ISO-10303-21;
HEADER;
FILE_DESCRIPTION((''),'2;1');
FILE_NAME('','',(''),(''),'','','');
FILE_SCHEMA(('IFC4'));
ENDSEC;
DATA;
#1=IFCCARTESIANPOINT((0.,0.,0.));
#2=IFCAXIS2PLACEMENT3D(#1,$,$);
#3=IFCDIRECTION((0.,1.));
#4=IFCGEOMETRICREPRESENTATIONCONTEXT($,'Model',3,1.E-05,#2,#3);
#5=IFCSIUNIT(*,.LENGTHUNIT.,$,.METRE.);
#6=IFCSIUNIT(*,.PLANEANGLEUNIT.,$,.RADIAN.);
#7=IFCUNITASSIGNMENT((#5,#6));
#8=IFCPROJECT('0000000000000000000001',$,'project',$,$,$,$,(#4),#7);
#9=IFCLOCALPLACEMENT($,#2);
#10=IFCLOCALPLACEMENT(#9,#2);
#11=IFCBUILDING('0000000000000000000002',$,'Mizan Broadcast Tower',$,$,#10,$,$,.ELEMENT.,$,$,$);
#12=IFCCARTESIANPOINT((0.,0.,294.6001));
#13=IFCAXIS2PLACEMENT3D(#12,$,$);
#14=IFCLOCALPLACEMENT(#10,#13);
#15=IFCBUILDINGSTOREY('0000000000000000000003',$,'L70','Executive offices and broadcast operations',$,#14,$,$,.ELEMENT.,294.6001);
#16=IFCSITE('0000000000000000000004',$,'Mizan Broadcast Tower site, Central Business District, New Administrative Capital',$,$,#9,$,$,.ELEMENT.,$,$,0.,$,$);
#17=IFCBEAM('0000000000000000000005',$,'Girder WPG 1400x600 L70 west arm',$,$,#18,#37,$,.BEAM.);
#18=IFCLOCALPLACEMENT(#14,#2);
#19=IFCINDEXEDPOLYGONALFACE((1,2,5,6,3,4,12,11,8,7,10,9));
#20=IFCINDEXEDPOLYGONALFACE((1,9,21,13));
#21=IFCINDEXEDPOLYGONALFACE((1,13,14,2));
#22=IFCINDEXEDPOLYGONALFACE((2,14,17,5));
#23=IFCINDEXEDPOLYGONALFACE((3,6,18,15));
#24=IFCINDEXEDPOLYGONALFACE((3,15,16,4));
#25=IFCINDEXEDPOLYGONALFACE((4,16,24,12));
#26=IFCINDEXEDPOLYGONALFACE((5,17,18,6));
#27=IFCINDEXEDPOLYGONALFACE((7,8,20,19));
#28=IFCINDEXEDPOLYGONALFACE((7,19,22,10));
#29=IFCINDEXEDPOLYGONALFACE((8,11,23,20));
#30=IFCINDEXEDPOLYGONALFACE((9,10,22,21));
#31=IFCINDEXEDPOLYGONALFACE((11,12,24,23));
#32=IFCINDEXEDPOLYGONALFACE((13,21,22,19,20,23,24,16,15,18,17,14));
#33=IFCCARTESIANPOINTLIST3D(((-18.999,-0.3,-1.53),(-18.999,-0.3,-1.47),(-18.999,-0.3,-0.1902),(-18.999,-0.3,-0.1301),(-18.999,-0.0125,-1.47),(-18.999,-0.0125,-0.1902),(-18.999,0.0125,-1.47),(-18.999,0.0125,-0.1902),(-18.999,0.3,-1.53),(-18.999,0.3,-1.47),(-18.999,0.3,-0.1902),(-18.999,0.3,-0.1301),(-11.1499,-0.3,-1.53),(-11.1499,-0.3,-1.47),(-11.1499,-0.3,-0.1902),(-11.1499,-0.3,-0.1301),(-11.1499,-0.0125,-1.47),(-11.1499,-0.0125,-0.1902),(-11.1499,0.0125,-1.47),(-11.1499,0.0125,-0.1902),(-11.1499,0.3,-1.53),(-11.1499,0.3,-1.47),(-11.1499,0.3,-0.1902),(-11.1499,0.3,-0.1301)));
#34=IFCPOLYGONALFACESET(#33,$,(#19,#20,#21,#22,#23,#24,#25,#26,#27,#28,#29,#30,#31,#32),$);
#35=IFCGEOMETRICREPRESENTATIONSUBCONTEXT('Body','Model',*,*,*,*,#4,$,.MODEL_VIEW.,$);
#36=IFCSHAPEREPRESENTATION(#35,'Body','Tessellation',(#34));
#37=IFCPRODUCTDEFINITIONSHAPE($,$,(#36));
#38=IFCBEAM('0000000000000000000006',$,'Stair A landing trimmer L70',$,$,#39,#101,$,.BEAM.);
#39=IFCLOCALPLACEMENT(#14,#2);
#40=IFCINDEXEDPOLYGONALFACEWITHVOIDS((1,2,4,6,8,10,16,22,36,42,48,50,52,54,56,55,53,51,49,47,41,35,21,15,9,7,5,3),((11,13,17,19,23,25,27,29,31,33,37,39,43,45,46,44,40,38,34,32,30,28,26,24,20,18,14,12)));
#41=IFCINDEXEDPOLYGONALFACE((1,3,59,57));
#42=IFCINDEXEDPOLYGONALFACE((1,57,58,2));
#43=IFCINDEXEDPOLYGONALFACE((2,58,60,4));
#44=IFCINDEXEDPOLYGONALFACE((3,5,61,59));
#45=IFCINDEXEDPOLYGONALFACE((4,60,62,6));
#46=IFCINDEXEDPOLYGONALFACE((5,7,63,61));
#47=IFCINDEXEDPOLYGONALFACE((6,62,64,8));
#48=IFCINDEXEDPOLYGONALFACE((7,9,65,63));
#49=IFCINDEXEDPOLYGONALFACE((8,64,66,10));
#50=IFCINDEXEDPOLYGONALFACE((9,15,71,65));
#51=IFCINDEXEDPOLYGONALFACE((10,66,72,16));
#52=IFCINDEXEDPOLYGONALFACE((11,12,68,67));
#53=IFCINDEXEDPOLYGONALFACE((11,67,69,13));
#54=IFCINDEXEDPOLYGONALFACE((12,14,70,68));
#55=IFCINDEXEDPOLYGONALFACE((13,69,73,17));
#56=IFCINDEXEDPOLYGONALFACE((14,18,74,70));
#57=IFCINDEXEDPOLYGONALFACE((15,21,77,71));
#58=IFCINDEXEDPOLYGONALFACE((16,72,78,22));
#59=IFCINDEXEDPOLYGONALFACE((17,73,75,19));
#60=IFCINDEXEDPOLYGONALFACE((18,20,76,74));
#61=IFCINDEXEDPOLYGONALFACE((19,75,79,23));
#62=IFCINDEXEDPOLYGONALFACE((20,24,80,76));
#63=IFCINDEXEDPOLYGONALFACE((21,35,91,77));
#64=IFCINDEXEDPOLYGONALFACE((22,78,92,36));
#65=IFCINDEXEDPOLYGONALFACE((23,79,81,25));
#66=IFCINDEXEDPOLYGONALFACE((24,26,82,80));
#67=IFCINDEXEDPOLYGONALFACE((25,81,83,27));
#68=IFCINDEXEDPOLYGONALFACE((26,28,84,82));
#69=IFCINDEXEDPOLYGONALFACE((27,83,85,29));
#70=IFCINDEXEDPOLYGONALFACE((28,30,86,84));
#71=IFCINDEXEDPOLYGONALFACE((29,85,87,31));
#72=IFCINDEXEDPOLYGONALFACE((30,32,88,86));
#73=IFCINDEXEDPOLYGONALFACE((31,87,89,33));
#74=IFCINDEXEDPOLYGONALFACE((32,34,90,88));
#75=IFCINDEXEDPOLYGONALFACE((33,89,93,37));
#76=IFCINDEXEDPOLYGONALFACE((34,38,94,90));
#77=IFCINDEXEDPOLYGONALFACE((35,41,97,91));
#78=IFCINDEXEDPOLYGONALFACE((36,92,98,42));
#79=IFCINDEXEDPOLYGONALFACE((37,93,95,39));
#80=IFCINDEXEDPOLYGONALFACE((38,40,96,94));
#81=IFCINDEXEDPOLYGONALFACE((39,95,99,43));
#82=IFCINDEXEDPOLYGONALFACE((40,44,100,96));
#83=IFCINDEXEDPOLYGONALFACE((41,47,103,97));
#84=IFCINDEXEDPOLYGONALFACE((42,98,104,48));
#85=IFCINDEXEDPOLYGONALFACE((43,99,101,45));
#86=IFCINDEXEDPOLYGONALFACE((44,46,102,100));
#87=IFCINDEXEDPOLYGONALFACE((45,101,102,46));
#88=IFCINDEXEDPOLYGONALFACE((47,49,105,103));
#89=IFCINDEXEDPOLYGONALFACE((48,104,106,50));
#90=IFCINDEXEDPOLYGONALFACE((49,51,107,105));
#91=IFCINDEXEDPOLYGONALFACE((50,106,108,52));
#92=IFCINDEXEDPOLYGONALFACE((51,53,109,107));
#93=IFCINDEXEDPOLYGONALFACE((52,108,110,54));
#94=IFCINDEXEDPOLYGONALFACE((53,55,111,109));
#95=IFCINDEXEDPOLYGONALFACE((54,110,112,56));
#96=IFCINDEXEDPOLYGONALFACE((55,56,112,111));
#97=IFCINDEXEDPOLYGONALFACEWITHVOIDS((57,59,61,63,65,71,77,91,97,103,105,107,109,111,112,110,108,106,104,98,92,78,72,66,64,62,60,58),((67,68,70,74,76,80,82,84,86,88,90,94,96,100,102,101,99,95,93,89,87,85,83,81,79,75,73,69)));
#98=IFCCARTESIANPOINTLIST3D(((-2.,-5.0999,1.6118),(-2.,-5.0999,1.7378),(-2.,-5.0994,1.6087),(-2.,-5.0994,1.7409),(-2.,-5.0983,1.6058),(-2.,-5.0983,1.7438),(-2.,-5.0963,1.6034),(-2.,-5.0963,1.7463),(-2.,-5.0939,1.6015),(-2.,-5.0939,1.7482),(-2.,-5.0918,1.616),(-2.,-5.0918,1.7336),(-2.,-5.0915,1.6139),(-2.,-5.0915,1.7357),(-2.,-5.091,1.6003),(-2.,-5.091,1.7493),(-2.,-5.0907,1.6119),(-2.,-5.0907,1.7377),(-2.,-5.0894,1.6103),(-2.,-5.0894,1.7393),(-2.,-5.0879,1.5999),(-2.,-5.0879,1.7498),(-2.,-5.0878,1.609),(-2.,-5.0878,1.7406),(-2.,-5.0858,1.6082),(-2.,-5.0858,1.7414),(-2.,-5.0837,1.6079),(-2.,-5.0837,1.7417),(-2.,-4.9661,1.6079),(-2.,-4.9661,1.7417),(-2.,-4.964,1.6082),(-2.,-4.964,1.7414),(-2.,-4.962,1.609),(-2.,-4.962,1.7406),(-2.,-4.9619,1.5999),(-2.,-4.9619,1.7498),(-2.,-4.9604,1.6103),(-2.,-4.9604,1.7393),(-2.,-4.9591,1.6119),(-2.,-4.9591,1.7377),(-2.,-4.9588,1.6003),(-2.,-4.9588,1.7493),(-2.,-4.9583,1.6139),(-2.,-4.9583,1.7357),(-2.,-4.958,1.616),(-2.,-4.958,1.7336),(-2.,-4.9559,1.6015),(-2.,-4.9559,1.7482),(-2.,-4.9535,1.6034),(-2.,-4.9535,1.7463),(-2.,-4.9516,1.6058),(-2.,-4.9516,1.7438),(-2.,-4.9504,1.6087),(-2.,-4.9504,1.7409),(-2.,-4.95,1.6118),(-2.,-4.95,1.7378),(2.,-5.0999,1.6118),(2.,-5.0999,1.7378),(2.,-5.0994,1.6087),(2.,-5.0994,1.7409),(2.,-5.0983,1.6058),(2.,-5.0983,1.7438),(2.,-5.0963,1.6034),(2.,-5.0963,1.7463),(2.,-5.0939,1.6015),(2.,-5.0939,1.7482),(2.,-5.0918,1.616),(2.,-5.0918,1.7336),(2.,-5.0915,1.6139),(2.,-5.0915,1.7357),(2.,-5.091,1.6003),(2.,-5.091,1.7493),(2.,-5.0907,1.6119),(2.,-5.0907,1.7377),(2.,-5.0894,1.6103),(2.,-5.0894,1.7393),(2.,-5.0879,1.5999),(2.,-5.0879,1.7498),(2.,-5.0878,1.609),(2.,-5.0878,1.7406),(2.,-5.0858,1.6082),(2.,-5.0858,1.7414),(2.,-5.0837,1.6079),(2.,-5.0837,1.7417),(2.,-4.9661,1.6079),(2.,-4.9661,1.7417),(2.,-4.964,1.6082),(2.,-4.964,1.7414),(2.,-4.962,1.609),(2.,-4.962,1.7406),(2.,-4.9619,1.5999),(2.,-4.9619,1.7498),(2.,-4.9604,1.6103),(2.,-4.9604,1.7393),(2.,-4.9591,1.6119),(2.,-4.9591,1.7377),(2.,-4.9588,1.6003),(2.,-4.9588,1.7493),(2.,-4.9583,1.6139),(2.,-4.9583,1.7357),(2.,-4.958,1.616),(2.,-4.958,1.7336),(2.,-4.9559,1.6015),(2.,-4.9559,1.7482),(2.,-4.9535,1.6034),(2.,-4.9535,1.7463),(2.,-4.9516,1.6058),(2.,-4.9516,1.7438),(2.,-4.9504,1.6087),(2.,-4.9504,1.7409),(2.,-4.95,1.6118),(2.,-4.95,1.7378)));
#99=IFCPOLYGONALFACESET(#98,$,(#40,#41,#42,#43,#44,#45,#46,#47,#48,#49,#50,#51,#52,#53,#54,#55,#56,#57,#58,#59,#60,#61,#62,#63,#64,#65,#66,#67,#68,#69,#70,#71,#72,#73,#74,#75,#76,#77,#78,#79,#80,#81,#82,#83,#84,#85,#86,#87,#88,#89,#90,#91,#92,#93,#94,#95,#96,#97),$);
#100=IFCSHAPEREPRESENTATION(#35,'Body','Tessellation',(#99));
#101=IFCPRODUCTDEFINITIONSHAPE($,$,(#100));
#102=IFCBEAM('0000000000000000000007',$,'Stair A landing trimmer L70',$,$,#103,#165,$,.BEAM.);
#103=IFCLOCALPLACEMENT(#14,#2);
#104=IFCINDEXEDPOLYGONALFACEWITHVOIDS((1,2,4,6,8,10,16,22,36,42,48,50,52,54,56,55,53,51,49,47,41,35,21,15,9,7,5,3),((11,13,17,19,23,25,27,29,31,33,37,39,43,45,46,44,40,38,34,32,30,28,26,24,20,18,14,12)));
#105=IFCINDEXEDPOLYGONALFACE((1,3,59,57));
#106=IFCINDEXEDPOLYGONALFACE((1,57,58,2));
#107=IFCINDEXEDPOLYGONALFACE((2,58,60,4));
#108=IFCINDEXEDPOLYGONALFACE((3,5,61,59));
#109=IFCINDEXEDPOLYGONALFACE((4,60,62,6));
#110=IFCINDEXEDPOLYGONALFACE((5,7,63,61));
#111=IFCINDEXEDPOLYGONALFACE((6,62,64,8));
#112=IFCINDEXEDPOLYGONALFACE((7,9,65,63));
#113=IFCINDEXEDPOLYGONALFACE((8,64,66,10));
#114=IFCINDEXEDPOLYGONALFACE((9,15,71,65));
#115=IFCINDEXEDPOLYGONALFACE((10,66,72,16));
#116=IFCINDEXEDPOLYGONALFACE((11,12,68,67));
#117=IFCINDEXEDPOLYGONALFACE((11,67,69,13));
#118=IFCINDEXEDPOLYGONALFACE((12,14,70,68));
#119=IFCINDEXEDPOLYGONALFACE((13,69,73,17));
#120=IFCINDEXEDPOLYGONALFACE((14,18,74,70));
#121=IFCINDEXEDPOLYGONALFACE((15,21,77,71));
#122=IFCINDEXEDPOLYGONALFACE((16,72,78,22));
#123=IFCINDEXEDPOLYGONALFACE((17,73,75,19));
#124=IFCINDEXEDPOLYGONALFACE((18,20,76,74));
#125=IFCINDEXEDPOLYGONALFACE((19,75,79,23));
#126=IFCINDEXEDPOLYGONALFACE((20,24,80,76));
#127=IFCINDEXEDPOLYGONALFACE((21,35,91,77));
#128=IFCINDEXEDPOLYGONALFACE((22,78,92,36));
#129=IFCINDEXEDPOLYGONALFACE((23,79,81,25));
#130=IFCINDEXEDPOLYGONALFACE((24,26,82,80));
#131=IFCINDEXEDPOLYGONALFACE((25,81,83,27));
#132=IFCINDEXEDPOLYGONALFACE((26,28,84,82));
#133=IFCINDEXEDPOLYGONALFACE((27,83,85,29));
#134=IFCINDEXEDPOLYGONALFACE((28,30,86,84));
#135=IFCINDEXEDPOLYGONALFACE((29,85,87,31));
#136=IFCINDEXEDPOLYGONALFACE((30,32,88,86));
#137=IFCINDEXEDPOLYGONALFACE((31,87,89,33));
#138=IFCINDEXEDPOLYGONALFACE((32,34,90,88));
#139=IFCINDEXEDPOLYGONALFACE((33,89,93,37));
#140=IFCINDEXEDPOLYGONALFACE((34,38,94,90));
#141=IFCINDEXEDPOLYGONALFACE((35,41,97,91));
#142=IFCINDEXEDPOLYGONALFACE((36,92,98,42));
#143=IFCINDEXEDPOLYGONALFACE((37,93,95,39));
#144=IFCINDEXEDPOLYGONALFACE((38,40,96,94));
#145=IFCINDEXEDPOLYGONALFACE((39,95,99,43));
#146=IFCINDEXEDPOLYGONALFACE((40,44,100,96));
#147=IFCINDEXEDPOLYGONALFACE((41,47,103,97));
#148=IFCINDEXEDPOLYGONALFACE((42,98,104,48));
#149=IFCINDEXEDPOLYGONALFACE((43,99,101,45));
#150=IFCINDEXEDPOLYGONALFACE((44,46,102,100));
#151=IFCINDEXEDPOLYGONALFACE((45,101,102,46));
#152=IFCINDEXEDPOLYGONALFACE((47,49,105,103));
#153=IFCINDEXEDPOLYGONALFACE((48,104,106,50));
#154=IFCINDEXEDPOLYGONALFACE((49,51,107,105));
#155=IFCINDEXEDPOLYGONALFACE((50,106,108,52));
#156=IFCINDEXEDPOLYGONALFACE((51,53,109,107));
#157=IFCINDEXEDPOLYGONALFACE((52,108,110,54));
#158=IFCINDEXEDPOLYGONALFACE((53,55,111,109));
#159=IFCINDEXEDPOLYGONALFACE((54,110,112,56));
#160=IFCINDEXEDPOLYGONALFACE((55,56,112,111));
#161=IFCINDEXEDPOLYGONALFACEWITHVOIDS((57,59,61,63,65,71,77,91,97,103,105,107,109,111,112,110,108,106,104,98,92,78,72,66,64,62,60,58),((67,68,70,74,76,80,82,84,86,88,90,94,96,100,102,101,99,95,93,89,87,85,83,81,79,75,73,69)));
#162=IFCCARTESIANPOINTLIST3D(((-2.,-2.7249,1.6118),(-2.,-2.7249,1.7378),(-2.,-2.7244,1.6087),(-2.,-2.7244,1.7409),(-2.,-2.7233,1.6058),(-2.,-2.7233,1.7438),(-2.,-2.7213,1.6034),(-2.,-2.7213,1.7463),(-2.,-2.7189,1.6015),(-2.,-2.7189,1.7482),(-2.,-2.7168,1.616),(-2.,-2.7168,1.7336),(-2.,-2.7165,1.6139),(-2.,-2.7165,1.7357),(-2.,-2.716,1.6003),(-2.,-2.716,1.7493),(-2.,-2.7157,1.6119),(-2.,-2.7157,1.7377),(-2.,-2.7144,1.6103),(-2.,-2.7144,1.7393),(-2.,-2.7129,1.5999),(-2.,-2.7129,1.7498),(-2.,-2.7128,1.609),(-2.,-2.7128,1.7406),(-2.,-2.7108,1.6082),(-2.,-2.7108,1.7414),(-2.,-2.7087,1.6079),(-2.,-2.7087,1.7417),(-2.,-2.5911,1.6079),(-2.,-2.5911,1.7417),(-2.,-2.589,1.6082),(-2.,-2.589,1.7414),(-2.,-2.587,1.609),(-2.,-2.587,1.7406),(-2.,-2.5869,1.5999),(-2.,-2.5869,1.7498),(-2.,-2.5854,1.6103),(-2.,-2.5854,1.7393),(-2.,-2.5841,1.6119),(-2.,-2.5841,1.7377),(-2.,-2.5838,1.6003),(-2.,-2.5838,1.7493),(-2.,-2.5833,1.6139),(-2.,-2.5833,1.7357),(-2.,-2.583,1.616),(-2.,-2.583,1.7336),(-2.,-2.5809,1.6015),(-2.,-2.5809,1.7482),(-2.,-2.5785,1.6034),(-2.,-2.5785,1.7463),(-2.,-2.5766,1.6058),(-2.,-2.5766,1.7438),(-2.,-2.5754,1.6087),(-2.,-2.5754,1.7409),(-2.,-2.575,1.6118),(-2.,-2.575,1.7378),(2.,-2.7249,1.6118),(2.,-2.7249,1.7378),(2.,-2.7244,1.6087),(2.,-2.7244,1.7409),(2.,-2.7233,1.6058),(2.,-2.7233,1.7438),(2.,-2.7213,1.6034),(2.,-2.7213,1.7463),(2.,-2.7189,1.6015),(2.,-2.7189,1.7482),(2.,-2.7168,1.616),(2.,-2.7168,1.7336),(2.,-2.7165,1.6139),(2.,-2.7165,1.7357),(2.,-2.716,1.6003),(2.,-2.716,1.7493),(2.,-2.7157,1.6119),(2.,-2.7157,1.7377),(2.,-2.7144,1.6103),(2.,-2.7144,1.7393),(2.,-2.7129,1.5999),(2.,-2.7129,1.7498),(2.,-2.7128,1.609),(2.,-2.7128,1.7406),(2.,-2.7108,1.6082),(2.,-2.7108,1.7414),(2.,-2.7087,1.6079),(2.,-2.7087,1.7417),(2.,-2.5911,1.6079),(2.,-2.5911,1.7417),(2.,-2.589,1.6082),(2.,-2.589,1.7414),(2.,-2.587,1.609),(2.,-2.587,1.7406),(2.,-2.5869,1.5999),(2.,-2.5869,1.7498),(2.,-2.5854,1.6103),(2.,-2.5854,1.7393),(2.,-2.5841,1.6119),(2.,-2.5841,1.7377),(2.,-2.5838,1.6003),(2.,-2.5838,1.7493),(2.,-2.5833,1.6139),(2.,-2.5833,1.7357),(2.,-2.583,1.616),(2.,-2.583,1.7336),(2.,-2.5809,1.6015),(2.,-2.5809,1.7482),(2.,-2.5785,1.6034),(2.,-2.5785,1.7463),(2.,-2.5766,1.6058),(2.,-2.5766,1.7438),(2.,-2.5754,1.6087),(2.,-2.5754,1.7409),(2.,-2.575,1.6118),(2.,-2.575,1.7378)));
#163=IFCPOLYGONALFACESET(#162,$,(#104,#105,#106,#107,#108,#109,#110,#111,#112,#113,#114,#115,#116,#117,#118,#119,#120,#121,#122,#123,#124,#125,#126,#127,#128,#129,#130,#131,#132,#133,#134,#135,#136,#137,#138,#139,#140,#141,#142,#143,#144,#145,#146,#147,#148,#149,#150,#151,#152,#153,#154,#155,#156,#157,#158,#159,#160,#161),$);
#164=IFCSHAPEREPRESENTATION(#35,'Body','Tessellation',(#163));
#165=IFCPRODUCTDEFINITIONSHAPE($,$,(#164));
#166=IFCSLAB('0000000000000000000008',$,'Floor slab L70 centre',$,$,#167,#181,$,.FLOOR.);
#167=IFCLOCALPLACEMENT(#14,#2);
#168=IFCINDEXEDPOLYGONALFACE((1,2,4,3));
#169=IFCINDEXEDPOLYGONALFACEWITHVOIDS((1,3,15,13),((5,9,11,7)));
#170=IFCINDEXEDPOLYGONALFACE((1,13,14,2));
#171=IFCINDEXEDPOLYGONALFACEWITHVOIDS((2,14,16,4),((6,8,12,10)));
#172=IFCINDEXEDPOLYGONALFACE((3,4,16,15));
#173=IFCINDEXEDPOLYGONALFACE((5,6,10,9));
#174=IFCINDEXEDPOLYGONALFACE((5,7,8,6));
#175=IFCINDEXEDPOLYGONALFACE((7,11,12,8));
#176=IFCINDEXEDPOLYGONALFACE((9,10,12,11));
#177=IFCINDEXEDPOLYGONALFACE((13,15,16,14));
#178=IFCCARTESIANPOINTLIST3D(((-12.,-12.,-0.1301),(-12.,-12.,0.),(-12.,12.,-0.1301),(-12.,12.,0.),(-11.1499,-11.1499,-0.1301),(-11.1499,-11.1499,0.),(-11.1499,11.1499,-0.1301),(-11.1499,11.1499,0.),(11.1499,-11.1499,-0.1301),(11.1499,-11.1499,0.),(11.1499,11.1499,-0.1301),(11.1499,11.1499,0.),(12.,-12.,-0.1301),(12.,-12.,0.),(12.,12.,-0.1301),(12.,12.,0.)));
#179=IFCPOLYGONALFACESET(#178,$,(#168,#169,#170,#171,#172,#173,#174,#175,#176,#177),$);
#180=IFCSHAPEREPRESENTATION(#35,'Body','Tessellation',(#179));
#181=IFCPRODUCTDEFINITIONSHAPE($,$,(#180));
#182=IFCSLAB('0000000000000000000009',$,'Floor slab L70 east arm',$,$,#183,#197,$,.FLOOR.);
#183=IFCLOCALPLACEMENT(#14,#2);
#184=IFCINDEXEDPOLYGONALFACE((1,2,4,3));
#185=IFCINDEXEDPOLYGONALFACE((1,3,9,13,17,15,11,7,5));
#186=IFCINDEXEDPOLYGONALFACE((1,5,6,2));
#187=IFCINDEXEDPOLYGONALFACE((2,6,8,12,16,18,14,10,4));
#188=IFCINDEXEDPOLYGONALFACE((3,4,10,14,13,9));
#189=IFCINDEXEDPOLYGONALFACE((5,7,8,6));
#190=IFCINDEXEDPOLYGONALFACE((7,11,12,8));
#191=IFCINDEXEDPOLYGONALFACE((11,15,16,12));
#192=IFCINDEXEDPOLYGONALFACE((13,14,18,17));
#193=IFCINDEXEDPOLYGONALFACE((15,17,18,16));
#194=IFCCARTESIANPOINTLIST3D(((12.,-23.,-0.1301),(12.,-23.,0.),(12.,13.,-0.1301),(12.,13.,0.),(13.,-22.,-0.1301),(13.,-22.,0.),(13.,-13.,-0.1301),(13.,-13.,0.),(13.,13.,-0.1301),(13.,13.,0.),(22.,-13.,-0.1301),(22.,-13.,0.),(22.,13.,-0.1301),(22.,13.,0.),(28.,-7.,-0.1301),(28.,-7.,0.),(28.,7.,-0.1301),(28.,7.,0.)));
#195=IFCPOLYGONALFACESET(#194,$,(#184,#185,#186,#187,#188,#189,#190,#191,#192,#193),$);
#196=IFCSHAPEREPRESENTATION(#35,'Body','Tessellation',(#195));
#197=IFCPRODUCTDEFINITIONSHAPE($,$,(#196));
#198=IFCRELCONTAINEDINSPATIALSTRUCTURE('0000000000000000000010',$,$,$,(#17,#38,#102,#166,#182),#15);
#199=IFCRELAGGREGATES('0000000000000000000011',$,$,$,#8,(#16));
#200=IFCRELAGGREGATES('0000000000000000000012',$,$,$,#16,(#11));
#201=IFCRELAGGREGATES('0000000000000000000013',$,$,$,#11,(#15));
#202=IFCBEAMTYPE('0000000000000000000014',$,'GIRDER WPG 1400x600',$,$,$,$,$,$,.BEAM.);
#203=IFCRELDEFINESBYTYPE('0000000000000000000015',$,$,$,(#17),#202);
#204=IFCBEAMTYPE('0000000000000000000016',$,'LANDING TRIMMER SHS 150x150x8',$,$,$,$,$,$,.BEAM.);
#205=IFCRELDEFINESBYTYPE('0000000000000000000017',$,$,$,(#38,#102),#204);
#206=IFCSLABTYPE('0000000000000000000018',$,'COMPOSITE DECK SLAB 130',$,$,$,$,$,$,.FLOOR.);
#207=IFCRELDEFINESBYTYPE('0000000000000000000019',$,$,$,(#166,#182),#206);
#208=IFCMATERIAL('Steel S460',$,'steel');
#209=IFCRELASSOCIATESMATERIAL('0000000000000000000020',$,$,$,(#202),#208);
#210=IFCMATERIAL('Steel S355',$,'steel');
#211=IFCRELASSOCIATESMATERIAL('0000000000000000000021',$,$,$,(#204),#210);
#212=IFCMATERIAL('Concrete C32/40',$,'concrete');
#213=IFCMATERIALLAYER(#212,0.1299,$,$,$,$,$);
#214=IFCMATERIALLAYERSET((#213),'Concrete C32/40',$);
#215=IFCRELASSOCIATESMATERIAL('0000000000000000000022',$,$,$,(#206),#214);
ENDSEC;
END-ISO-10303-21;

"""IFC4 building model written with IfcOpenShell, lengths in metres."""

from ifc_helpers import new_model, si_unit, direction, frame, origin, origin_2d, place, context, subcontext, project, spatial, polyline, hollow_rectangle, i_section, outline, extrude, material, layer, layer_set, material_profile, profile_set, type_object, element, save


model = new_model("IFC4")

# Units and contexts
model_context = context("Model", 3, precision=1e-05, world=origin(), true_north=direction((0.0, 1.0)))
body_context = subcontext(model_context, "Body", "Model", "MODEL_VIEW")
ifc_project = project(units=[si_unit("LENGTHUNIT", "METRE"), si_unit("PLANEANGLEUNIT", "RADIAN")], contexts=[model_context])

# Site, building, storey
site_placement = place(None, origin())
site = spatial("IfcSite", under=ifc_project, at=site_placement, Name="Mizan Broadcast Tower site, Central Business District, New Administrative Capital", CompositionType="ELEMENT", RefElevation=0.0)
building_placement = place(site_placement, origin())
building = spatial("IfcBuilding", under=site, at=building_placement, Name="Mizan Broadcast Tower", CompositionType="ELEMENT")
storey_placement = place(building_placement, frame((0.0, 0.0, 294.6001)))
storey = spatial("IfcBuildingStorey", under=building, at=storey_placement, Name="L70", Description="Executive offices and broadcast operations", CompositionType="ELEMENT", Elevation=294.6001)

# Beams
ifc_material_1 = material(Name="Steel S460", Category="steel")
ifc_material_profile_1 = material_profile(ifc_material_1, i_section(OverallWidth=0.6001, OverallDepth=1.3999, WebThickness=0.0249, FlangeThickness=0.0601, at=origin_2d()), Name="WPG 1400x600")
ifc_profile_set_1 = profile_set([ifc_material_profile_1], Name="Steel S460")
beam_type_1 = type_object("IfcBeamType", Name="GIRDER WPG 1400x600", PredefinedType="BEAM", material=ifc_profile_set_1)
beam_placement = place(storey_placement, frame((-11.1499, 0.0, -0.8301), z_axis=(-1.0, 0.0, 0.0), x_axis=(0.0, -1.0, 0.0)))
element("IfcBeam", 1, at=beam_placement, inside=storey, type_object=beam_type_1, Name="Girder WPG 1400x600 L70 west arm", PredefinedType="BEAM", context=body_context, shape_type="SweptSolid", body=[
    extrude(i_section(OverallWidth=0.6001, OverallDepth=1.3999, WebThickness=0.0249, FlangeThickness=0.0601, at=origin_2d()), origin(), (0.0, 0.0, 1.0), 7.8491),
])
ifc_material_2 = material(Name="Steel S355", Category="steel")
ifc_material_profile_2 = material_profile(ifc_material_2, hollow_rectangle(XDim=0.1499, YDim=0.1499, WallThickness=0.0081, InnerFilletRadius=0.0081, OuterFilletRadius=0.012, at=origin_2d()), Name="SHS 150x150x8")
ifc_profile_set_2 = profile_set([ifc_material_profile_2], Name="Steel S355")
beam_type_2 = type_object("IfcBeamType", Name="LANDING TRIMMER SHS 150x150x8", PredefinedType="BEAM", material=ifc_profile_set_2)
for number, where, z_axis, x_axis, name in (
    (2, (-2.0, -5.0249, 1.6748), (1.0, 0.0, 0.0), (0.0, 1.0, 0.0), "Stair A landing trimmer L70"),
    (3, (-2.0, -2.6499, 1.6748), (1.0, 0.0, 0.0), (0.0, 1.0, 0.0), "Stair A landing trimmer L70"),
):
    element("IfcBeam", number, at=place(storey_placement, frame(where, z_axis=z_axis, x_axis=x_axis)), inside=storey, type_object=beam_type_2, Name=name, PredefinedType="BEAM", context=body_context, shape_type="SweptSolid", body=[
        extrude(hollow_rectangle(XDim=0.1499, YDim=0.1499, WallThickness=0.0081, InnerFilletRadius=0.0081, OuterFilletRadius=0.012, at=origin_2d()), origin(), (0.0, 0.0, 1.0), 4.0),
    ])

# Slabs
ifc_material_3 = material(Name="Concrete C32/40", Category="concrete")
ifc_layer_1 = layer(ifc_material_3, 0.1299)
ifc_layer_set_1 = layer_set([ifc_layer_1], Name="Concrete C32/40")
slab_type = type_object("IfcSlabType", Name="COMPOSITE DECK SLAB 130", PredefinedType="FLOOR", material=ifc_layer_set_1)
slab_1_placement = place(storey_placement, frame((0.0, 0.0, -0.1301)))
element("IfcSlab", 4, at=slab_1_placement, inside=storey, type_object=slab_type, Name="Floor slab L70 centre", PredefinedType="FLOOR", context=body_context, shape_type="SweptSolid", body=[
    extrude(outline(polyline([(-12.0, -12.0), (12.0, -12.0), (12.0, 12.0), (-12.0, 12.0), (-12.0, -12.0)]), holes=[polyline([(-11.1499, 11.1499), (11.1499, 11.1499), (11.1499, -11.1499), (-11.1499, -11.1499), (-11.1499, 11.1499)])]), origin(), (0.0, 0.0, 1.0), 0.1301),
])
slab_2_placement = place(storey_placement, frame((0.0, 0.0, -0.1301)))
element("IfcSlab", 5, at=slab_2_placement, inside=storey, type_object=slab_type, Name="Floor slab L70 east arm", PredefinedType="FLOOR", context=body_context, shape_type="SweptSolid", body=[
    extrude(outline(polyline([(12.0, -23.0), (13.0, -22.0), (13.0, -13.0), (22.0, -13.0), (28.0, -7.0), (28.0, 7.0), (22.0, 13.0), (13.0, 13.0), (12.0, 13.0), (12.0, -23.0)])), origin(), (0.0, 0.0, 1.0), 0.1301),
])

save(model, "model.ifc")
